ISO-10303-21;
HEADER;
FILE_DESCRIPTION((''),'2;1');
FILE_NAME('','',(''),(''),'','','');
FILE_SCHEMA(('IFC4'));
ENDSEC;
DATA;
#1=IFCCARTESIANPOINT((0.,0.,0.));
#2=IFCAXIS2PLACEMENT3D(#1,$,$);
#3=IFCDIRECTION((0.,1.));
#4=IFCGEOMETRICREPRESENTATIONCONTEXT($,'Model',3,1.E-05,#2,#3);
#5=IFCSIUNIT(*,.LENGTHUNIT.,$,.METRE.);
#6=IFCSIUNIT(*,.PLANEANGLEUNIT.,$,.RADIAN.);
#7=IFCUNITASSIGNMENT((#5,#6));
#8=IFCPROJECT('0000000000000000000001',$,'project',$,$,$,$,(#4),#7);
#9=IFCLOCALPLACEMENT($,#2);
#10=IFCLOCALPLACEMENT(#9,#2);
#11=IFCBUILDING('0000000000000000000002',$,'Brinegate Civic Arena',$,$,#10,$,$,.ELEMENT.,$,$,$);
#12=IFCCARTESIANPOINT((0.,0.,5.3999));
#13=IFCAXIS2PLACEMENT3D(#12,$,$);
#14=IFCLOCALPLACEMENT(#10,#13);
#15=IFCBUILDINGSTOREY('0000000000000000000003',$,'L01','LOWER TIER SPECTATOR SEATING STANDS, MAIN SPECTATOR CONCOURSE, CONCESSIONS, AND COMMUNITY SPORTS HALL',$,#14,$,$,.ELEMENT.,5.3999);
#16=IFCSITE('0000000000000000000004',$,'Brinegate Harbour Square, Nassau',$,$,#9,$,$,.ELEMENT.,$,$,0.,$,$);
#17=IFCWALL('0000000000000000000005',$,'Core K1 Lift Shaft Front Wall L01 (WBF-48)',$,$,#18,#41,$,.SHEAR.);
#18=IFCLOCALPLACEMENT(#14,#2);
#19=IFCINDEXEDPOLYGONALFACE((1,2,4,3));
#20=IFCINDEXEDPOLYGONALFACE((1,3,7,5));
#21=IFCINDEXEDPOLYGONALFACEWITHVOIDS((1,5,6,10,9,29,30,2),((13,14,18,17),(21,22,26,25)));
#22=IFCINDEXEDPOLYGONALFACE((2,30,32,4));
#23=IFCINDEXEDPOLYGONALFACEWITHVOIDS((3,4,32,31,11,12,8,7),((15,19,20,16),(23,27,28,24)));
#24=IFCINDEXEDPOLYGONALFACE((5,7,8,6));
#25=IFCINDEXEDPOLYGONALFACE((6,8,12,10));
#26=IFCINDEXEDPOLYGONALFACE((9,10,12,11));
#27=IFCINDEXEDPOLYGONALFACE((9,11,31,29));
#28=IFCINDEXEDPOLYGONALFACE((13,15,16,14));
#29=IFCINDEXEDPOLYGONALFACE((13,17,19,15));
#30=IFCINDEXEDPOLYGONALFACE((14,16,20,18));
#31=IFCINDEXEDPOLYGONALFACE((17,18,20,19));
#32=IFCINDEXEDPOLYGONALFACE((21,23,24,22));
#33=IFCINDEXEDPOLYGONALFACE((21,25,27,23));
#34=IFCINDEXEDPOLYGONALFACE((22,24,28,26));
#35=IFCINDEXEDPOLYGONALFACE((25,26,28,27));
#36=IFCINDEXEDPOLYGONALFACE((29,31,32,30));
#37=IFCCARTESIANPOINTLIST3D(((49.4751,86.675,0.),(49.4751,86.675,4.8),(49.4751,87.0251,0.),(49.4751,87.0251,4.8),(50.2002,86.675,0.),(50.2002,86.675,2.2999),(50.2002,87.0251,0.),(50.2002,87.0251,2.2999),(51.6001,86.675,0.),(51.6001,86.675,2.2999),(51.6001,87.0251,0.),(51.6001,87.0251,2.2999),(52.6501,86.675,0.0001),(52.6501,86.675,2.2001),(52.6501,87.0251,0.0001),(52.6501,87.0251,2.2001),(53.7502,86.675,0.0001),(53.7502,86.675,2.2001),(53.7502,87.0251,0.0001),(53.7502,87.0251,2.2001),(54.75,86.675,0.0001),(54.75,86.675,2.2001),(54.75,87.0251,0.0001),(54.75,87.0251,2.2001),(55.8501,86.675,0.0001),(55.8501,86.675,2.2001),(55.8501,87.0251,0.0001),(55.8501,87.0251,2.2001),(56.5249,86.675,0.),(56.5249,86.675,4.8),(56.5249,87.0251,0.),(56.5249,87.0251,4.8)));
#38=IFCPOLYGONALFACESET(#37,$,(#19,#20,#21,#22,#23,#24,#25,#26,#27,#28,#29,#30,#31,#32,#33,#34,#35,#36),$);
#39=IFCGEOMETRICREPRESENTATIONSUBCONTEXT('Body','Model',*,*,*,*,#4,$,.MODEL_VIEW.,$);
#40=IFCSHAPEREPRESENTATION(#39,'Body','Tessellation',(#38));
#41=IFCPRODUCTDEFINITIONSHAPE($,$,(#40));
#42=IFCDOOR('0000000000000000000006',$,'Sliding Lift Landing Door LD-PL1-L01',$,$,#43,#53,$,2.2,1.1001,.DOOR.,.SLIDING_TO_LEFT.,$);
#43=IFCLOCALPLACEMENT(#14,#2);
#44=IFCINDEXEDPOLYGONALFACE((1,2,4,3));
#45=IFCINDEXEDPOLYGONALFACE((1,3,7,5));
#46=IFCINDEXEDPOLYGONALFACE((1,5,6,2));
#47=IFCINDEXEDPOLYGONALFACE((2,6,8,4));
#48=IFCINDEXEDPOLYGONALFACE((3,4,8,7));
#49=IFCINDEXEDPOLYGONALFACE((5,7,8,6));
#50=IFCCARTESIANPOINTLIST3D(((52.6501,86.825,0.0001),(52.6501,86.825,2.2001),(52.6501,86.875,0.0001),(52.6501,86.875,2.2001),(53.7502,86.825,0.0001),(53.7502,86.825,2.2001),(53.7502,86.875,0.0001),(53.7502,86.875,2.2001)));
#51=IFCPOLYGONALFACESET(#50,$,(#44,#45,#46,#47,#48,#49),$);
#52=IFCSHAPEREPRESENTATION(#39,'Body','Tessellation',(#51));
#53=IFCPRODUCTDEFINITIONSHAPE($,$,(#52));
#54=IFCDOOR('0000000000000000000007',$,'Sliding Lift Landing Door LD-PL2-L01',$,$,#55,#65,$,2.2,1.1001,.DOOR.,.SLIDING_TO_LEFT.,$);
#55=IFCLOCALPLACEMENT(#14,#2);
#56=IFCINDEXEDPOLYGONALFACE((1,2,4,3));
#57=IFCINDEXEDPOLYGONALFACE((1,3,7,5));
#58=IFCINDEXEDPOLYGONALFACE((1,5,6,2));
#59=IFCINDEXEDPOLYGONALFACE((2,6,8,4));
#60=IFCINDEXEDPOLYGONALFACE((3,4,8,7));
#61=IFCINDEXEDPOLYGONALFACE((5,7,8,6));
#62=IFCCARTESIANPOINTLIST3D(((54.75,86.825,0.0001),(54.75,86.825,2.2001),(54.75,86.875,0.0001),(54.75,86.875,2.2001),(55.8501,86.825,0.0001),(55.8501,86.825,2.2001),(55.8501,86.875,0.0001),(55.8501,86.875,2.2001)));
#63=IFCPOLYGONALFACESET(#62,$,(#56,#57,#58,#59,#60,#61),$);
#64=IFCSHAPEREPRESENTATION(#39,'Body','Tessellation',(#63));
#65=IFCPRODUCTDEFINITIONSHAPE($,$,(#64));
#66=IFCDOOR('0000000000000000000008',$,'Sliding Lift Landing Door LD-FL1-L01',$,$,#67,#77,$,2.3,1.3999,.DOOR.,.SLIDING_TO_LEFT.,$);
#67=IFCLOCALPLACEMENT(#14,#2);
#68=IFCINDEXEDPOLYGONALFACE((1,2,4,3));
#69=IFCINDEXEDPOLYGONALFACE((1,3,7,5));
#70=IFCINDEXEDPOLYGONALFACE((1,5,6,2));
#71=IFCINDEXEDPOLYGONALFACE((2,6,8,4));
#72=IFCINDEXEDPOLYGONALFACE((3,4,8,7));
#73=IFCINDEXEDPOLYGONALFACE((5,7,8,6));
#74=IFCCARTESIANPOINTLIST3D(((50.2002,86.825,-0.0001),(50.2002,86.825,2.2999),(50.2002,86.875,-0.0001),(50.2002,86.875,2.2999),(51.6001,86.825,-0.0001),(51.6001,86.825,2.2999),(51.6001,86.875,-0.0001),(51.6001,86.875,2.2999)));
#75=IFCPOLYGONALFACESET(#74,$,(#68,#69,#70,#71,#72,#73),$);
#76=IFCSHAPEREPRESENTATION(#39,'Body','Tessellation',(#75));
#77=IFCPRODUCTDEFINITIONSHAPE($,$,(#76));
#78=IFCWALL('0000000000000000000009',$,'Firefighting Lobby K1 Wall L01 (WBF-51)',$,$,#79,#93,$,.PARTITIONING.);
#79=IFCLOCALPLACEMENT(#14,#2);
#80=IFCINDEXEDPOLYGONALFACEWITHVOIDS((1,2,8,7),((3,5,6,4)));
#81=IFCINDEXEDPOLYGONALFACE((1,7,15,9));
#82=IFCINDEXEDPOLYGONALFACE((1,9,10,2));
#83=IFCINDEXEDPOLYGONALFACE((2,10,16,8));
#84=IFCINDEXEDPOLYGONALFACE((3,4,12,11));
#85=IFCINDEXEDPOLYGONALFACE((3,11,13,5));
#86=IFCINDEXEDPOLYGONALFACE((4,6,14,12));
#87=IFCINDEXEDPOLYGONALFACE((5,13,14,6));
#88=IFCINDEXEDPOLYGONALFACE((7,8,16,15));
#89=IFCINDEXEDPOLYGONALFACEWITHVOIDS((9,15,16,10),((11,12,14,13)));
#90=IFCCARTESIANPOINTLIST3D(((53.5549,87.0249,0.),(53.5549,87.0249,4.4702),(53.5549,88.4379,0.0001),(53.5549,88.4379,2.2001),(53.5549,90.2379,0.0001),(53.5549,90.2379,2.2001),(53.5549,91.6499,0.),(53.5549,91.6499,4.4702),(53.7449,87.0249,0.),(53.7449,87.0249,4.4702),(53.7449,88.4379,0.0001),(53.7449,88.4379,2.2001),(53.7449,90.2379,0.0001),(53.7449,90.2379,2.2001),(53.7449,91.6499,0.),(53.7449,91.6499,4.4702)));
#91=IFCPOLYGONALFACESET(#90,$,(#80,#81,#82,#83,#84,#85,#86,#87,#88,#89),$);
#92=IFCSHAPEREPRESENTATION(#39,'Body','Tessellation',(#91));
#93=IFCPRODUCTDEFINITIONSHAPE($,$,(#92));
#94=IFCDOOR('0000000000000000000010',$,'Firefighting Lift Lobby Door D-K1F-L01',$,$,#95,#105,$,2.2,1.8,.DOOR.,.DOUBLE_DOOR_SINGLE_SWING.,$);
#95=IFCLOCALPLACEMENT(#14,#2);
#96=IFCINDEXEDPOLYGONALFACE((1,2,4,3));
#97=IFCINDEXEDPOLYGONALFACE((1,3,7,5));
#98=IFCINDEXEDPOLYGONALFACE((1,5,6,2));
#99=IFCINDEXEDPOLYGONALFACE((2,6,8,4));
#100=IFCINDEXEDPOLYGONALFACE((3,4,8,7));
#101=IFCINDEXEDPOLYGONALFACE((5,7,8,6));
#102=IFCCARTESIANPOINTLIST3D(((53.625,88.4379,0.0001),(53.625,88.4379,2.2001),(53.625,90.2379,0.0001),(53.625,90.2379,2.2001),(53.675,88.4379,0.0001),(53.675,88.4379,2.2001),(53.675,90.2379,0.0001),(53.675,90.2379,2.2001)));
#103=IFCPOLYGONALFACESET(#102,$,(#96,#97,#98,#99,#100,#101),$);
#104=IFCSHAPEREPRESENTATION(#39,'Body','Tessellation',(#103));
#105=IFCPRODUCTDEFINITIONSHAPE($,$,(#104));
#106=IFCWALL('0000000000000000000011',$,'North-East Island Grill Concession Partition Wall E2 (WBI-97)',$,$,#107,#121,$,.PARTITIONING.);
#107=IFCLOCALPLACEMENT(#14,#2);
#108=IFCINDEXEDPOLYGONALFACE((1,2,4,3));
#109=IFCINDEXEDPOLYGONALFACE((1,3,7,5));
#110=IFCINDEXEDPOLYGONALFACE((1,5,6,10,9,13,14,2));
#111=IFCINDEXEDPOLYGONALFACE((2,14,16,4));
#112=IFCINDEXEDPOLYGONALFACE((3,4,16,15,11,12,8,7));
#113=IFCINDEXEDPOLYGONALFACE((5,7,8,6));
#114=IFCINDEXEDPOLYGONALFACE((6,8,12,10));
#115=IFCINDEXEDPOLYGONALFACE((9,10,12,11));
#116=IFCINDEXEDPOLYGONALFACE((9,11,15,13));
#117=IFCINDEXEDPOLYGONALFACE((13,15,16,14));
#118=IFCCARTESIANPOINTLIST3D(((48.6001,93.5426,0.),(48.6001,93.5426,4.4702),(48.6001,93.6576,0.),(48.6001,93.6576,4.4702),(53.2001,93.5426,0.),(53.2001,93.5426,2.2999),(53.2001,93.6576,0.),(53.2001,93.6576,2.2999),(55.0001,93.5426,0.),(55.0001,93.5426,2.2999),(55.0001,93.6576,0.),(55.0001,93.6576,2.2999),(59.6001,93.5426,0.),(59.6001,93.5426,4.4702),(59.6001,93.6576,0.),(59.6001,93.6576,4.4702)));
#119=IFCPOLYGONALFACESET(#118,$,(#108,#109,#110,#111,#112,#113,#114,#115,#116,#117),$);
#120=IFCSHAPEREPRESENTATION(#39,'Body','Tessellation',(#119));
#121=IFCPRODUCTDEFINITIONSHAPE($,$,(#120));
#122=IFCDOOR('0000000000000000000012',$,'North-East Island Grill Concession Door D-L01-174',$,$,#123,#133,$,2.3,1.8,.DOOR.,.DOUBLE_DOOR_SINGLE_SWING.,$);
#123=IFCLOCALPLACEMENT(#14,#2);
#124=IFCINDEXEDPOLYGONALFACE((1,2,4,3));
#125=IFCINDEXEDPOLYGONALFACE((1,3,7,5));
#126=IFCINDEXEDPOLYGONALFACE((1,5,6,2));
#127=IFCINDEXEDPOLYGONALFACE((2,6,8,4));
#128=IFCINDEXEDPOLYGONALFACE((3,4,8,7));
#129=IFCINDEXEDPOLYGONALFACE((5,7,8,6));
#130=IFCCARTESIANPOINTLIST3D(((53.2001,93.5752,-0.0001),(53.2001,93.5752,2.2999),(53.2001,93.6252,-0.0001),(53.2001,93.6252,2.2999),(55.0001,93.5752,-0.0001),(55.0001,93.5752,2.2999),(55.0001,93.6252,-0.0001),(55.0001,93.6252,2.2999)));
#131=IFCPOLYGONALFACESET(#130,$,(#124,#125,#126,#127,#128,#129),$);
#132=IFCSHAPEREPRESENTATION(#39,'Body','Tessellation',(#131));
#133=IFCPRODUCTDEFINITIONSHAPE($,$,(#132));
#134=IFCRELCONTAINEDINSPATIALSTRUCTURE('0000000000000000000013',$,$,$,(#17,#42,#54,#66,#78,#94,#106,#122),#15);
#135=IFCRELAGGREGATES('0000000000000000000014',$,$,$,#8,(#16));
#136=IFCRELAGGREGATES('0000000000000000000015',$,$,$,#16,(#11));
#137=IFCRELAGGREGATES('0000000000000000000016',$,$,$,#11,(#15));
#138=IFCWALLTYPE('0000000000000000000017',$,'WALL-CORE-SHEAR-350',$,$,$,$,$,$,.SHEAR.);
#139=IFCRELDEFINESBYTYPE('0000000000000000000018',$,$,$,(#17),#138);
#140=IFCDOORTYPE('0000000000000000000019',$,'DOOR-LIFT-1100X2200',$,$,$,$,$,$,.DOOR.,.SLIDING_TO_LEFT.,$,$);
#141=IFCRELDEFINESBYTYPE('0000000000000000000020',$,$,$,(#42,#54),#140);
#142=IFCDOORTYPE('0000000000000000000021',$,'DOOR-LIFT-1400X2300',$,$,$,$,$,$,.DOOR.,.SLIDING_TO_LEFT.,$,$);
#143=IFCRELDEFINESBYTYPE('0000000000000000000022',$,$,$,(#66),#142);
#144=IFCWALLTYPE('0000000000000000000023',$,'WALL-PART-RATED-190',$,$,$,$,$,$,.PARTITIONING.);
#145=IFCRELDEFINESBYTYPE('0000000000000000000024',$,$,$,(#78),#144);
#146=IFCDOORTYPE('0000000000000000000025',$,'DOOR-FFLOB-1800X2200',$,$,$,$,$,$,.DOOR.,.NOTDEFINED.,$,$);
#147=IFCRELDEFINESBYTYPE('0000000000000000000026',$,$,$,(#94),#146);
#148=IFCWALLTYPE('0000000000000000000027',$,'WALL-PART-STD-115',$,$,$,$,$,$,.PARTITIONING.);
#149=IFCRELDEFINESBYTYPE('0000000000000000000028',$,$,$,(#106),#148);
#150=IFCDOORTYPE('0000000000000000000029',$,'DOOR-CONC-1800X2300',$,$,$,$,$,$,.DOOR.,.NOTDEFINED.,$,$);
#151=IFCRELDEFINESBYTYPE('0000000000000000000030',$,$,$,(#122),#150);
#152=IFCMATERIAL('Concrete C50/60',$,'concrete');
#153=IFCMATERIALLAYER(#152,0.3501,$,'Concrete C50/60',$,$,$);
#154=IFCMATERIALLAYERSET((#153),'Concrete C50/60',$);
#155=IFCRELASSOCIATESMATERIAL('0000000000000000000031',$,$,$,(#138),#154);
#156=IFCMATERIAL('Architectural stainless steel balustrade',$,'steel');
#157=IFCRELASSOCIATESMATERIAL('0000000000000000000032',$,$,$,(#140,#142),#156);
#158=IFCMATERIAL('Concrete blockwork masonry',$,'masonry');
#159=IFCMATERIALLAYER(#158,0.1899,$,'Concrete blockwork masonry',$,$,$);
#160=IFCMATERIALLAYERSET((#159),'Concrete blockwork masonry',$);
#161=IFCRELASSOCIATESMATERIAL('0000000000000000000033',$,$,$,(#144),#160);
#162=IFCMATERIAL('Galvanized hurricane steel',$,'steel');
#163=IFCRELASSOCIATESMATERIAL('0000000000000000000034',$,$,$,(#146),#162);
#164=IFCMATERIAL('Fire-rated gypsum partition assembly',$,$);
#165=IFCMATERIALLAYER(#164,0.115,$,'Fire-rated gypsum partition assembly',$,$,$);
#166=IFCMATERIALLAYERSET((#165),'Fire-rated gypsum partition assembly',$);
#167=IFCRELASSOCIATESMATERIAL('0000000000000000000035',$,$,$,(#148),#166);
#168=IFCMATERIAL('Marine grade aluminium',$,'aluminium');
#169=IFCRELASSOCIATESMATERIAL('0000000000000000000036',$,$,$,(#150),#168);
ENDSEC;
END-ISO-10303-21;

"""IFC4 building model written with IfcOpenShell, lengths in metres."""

from ifc_helpers import new_model, si_unit, direction, frame, frame_2d, origin, place, context, subcontext, project, spatial, rectangle, extrude, material, layer, layer_set, type_object, element, fill, save


model = new_model("IFC4")

# Units and contexts
model_context = context("Model", 3, precision=1e-05, world=origin(), true_north=direction((0.0, 1.0)))
body_context = subcontext(model_context, "Body", "Model", "MODEL_VIEW")
ifc_project = project(units=[si_unit("LENGTHUNIT", "METRE"), si_unit("PLANEANGLEUNIT", "RADIAN")], contexts=[model_context])

# Site, building, storey
site_placement = place(None, origin())
site = spatial("IfcSite", under=ifc_project, at=site_placement, Name="Brinegate Harbour Square, Nassau", CompositionType="ELEMENT", RefElevation=0.0)
building_placement = place(site_placement, origin())
building = spatial("IfcBuilding", under=site, at=building_placement, Name="Brinegate Civic Arena", CompositionType="ELEMENT")
storey_placement = place(building_placement, frame((0.0, 0.0, 5.3999)))
storey = spatial("IfcBuildingStorey", under=building, at=storey_placement, Name="L01", Description="LOWER TIER SPECTATOR SEATING STANDS, MAIN SPECTATOR CONCOURSE, CONCESSIONS, AND COMMUNITY SPORTS HALL", CompositionType="ELEMENT", Elevation=5.3999)

# Shared definitions
ifc_material_1 = material(Name="Concrete C50/60", Category="concrete")

# Wall, openings, doors
ifc_layer_1 = layer(ifc_material_1, 0.3501, Name="Concrete C50/60")
ifc_layer_set_1 = layer_set([ifc_layer_1], Name="Concrete C50/60")
wall_type_1 = type_object("IfcWallType", Name="WALL-CORE-SHEAR-350", PredefinedType="SHEAR", material=ifc_layer_set_1)
wall_1_placement = place(storey_placement, frame((49.4751, 86.8501, 0.0), z_axis=(0.0, 0.0, 1.0), x_axis=(1.0, 0.0, 0.0)))
wall_1 = element("IfcWall", 1, at=wall_1_placement, inside=storey, type_object=wall_type_1, Name="Core K1 Lift Shaft Front Wall L01 (WBF-48)", PredefinedType="SHEAR", context=body_context, shape_type="SweptSolid", body=[
    extrude(rectangle(XDim=7.0498, YDim=0.3501, at=frame_2d((3.5249, 0.0))), origin(), (0.0, 0.0, 1.0), 4.8),
])
opening_1_placement = place(wall_1_placement, frame((0.7251, 0.0, 0.0)))
opening_1 = element("IfcOpeningElement", 2, at=opening_1_placement, cuts=wall_1, PredefinedType="OPENING", context=body_context, shape_type="SweptSolid", body=[
    extrude(rectangle(XDim=1.3999, YDim=2.3, at=frame_2d((0.7, 1.1499))), frame((0.0, 0.1851, 0.0), z_axis=(0.0, -1.0, 0.0), x_axis=(1.0, 0.0, 0.0)), (0.0, 0.0, 1.0), 0.3701),
])
opening_2_placement = place(wall_1_placement, frame((3.175, 0.0, 0.0)))
opening_2 = element("IfcOpeningElement", 3, at=opening_2_placement, cuts=wall_1, PredefinedType="OPENING", context=body_context, shape_type="SweptSolid", body=[
    extrude(rectangle(XDim=1.1001, YDim=2.2, at=frame_2d((0.55, 1.1001))), frame((0.0, 0.1851, 0.0), z_axis=(0.0, -1.0, 0.0), x_axis=(1.0, 0.0, 0.0)), (0.0, 0.0, 1.0), 0.3701),
])
opening_3_placement = place(wall_1_placement, frame((5.2749, 0.0, 0.0)))
opening_3 = element("IfcOpeningElement", 4, at=opening_3_placement, cuts=wall_1, PredefinedType="OPENING", context=body_context, shape_type="SweptSolid", body=[
    extrude(rectangle(XDim=1.1001, YDim=2.2, at=frame_2d((0.55, 1.1001))), frame((0.0, 0.1851, 0.0), z_axis=(0.0, -1.0, 0.0), x_axis=(1.0, 0.0, 0.0)), (0.0, 0.0, 1.0), 0.3701),
])
ifc_material_2 = material(Name="Architectural stainless steel balustrade", Category="steel")
door_type_1 = type_object("IfcDoorType", Name="DOOR-LIFT-1100X2200", OperationType="SLIDING_TO_LEFT", PredefinedType="DOOR", material=ifc_material_2)
door_1_placement = place(opening_2_placement, origin())
door_1 = element("IfcDoor", 5, at=door_1_placement, inside=storey, type_object=door_type_1, Name="Sliding Lift Landing Door LD-PL1-L01", OperationType="SLIDING_TO_LEFT", OverallHeight=2.2, OverallWidth=1.1001, PredefinedType="DOOR", context=body_context, shape_type="SweptSolid", body=[
    extrude(rectangle(XDim=1.1001, YDim=2.2, at=frame_2d((0.55, 1.1001))), frame((0.0, 0.0249, 0.0), z_axis=(0.0, -1.0, 0.0), x_axis=(1.0, 0.0, 0.0)), (0.0, 0.0, 1.0), 0.05),
])
fill(opening_2, door_1)
door_2_placement = place(opening_3_placement, origin())
door_2 = element("IfcDoor", 6, at=door_2_placement, inside=storey, type_object=door_type_1, Name="Sliding Lift Landing Door LD-PL2-L01", OperationType="SLIDING_TO_LEFT", OverallHeight=2.2, OverallWidth=1.1001, PredefinedType="DOOR", context=body_context, shape_type="SweptSolid", body=[
    extrude(rectangle(XDim=1.1001, YDim=2.2, at=frame_2d((0.55, 1.1001))), frame((0.0, 0.0249, 0.0), z_axis=(0.0, -1.0, 0.0), x_axis=(1.0, 0.0, 0.0)), (0.0, 0.0, 1.0), 0.05),
])
fill(opening_3, door_2)
door_type_2 = type_object("IfcDoorType", Name="DOOR-LIFT-1400X2300", OperationType="SLIDING_TO_LEFT", PredefinedType="DOOR", material=ifc_material_2)
door_3_placement = place(opening_1_placement, origin())
door_3 = element("IfcDoor", 7, at=door_3_placement, inside=storey, type_object=door_type_2, Name="Sliding Lift Landing Door LD-FL1-L01", OperationType="SLIDING_TO_LEFT", OverallHeight=2.3, OverallWidth=1.3999, PredefinedType="DOOR", context=body_context, shape_type="SweptSolid", body=[
    extrude(rectangle(XDim=1.3999, YDim=2.3, at=frame_2d((0.7, 1.1499))), frame((0.0, 0.0249, 0.0), z_axis=(0.0, -1.0, 0.0), x_axis=(1.0, 0.0, 0.0)), (0.0, 0.0, 1.0), 0.05),
])
fill(opening_1, door_3)

# Walls, openings, doors
ifc_material_3 = material(Name="Concrete blockwork masonry", Category="masonry")
ifc_layer_2 = layer(ifc_material_3, 0.1899, Name="Concrete blockwork masonry")
ifc_layer_set_2 = layer_set([ifc_layer_2], Name="Concrete blockwork masonry")
wall_type_2 = type_object("IfcWallType", Name="WALL-PART-RATED-190", PredefinedType="PARTITIONING", material=ifc_layer_set_2)
wall_2_placement = place(storey_placement, frame((53.6499, 87.0249, 0.0), z_axis=(0.0, 0.0, 1.0), x_axis=(0.0, 1.0, 0.0)))
wall_2 = element("IfcWall", 8, at=wall_2_placement, inside=storey, type_object=wall_type_2, Name="Firefighting Lobby K1 Wall L01 (WBF-51)", PredefinedType="PARTITIONING", context=body_context, shape_type="SweptSolid", body=[
    extrude(rectangle(XDim=4.625, YDim=0.1899, at=frame_2d((2.3125, 0.0))), origin(), (0.0, 0.0, 1.0), 4.4702),
])
opening_4_placement = place(wall_2_placement, frame((1.4131, 0.0, 0.0)))
opening_4 = element("IfcOpeningElement", 9, at=opening_4_placement, cuts=wall_2, PredefinedType="OPENING", context=body_context, shape_type="SweptSolid", body=[
    extrude(rectangle(XDim=1.8, YDim=2.2, at=frame_2d((0.8999, 1.1001))), frame((0.0, 0.105, 0.0), z_axis=(0.0, -1.0, 0.0), x_axis=(1.0, 0.0, 0.0)), (0.0, 0.0, 1.0), 0.21),
])
ifc_material_4 = material(Name="Galvanized hurricane steel", Category="steel")
door_type_3 = type_object("IfcDoorType", Name="DOOR-FFLOB-1800X2200", OperationType="NOTDEFINED", PredefinedType="DOOR", material=ifc_material_4)
door_4_placement = place(opening_4_placement, origin())
door_4 = element("IfcDoor", 10, at=door_4_placement, inside=storey, type_object=door_type_3, Name="Firefighting Lift Lobby Door D-K1F-L01", OperationType="DOUBLE_DOOR_SINGLE_SWING", OverallHeight=2.2, OverallWidth=1.8, PredefinedType="DOOR", context=body_context, shape_type="SweptSolid", body=[
    extrude(rectangle(XDim=1.8, YDim=2.2, at=frame_2d((0.8999, 1.1001))), frame((0.0, 0.0249, 0.0), z_axis=(0.0, -1.0, 0.0), x_axis=(1.0, 0.0, 0.0)), (0.0, 0.0, 1.0), 0.05),
])
fill(opening_4, door_4)
ifc_material_5 = material(Name="Fire-rated gypsum partition assembly")
ifc_layer_3 = layer(ifc_material_5, 0.115, Name="Fire-rated gypsum partition assembly")
ifc_layer_set_3 = layer_set([ifc_layer_3], Name="Fire-rated gypsum partition assembly")
wall_type_3 = type_object("IfcWallType", Name="WALL-PART-STD-115", PredefinedType="PARTITIONING", material=ifc_layer_set_3)
wall_3_placement = place(storey_placement, frame((59.6001, 93.6001, 0.0), z_axis=(0.0, 0.0, 1.0), x_axis=(-1.0, 0.0, 0.0)))
wall_3 = element("IfcWall", 11, at=wall_3_placement, inside=storey, type_object=wall_type_3, Name="North-East Island Grill Concession Partition Wall E2 (WBI-97)", PredefinedType="PARTITIONING", context=body_context, shape_type="SweptSolid", body=[
    extrude(rectangle(XDim=11.0, YDim=0.115, at=frame_2d((5.5, 0.0))), origin(), (0.0, 0.0, 1.0), 4.4702),
])
opening_5_placement = place(wall_3_placement, frame((4.6001, 0.0, 0.0)))
opening_5 = element("IfcOpeningElement", 12, at=opening_5_placement, cuts=wall_3, PredefinedType="OPENING", context=body_context, shape_type="SweptSolid", body=[
    extrude(rectangle(XDim=1.8, YDim=2.3, at=frame_2d((0.8999, 1.1499))), frame((0.0, 0.0674, 0.0), z_axis=(0.0, -1.0, 0.0), x_axis=(1.0, 0.0, 0.0)), (0.0, 0.0, 1.0), 0.135),
])
ifc_material_6 = material(Name="Marine grade aluminium", Category="aluminium")
door_type_4 = type_object("IfcDoorType", Name="DOOR-CONC-1800X2300", OperationType="NOTDEFINED", PredefinedType="DOOR", material=ifc_material_6)
door_5_placement = place(opening_5_placement, origin())
door_5 = element("IfcDoor", 13, at=door_5_placement, inside=storey, type_object=door_type_4, Name="North-East Island Grill Concession Door D-L01-174", OperationType="DOUBLE_DOOR_SINGLE_SWING", OverallHeight=2.3, OverallWidth=1.8, PredefinedType="DOOR", context=body_context, shape_type="SweptSolid", body=[
    extrude(rectangle(XDim=1.8, YDim=2.3, at=frame_2d((0.8999, 1.1499))), frame((0.0, 0.0249, 0.0), z_axis=(0.0, -1.0, 0.0), x_axis=(1.0, 0.0, 0.0)), (0.0, 0.0, 1.0), 0.05),
])
fill(opening_5, door_5)

save(model, "model.ifc")
